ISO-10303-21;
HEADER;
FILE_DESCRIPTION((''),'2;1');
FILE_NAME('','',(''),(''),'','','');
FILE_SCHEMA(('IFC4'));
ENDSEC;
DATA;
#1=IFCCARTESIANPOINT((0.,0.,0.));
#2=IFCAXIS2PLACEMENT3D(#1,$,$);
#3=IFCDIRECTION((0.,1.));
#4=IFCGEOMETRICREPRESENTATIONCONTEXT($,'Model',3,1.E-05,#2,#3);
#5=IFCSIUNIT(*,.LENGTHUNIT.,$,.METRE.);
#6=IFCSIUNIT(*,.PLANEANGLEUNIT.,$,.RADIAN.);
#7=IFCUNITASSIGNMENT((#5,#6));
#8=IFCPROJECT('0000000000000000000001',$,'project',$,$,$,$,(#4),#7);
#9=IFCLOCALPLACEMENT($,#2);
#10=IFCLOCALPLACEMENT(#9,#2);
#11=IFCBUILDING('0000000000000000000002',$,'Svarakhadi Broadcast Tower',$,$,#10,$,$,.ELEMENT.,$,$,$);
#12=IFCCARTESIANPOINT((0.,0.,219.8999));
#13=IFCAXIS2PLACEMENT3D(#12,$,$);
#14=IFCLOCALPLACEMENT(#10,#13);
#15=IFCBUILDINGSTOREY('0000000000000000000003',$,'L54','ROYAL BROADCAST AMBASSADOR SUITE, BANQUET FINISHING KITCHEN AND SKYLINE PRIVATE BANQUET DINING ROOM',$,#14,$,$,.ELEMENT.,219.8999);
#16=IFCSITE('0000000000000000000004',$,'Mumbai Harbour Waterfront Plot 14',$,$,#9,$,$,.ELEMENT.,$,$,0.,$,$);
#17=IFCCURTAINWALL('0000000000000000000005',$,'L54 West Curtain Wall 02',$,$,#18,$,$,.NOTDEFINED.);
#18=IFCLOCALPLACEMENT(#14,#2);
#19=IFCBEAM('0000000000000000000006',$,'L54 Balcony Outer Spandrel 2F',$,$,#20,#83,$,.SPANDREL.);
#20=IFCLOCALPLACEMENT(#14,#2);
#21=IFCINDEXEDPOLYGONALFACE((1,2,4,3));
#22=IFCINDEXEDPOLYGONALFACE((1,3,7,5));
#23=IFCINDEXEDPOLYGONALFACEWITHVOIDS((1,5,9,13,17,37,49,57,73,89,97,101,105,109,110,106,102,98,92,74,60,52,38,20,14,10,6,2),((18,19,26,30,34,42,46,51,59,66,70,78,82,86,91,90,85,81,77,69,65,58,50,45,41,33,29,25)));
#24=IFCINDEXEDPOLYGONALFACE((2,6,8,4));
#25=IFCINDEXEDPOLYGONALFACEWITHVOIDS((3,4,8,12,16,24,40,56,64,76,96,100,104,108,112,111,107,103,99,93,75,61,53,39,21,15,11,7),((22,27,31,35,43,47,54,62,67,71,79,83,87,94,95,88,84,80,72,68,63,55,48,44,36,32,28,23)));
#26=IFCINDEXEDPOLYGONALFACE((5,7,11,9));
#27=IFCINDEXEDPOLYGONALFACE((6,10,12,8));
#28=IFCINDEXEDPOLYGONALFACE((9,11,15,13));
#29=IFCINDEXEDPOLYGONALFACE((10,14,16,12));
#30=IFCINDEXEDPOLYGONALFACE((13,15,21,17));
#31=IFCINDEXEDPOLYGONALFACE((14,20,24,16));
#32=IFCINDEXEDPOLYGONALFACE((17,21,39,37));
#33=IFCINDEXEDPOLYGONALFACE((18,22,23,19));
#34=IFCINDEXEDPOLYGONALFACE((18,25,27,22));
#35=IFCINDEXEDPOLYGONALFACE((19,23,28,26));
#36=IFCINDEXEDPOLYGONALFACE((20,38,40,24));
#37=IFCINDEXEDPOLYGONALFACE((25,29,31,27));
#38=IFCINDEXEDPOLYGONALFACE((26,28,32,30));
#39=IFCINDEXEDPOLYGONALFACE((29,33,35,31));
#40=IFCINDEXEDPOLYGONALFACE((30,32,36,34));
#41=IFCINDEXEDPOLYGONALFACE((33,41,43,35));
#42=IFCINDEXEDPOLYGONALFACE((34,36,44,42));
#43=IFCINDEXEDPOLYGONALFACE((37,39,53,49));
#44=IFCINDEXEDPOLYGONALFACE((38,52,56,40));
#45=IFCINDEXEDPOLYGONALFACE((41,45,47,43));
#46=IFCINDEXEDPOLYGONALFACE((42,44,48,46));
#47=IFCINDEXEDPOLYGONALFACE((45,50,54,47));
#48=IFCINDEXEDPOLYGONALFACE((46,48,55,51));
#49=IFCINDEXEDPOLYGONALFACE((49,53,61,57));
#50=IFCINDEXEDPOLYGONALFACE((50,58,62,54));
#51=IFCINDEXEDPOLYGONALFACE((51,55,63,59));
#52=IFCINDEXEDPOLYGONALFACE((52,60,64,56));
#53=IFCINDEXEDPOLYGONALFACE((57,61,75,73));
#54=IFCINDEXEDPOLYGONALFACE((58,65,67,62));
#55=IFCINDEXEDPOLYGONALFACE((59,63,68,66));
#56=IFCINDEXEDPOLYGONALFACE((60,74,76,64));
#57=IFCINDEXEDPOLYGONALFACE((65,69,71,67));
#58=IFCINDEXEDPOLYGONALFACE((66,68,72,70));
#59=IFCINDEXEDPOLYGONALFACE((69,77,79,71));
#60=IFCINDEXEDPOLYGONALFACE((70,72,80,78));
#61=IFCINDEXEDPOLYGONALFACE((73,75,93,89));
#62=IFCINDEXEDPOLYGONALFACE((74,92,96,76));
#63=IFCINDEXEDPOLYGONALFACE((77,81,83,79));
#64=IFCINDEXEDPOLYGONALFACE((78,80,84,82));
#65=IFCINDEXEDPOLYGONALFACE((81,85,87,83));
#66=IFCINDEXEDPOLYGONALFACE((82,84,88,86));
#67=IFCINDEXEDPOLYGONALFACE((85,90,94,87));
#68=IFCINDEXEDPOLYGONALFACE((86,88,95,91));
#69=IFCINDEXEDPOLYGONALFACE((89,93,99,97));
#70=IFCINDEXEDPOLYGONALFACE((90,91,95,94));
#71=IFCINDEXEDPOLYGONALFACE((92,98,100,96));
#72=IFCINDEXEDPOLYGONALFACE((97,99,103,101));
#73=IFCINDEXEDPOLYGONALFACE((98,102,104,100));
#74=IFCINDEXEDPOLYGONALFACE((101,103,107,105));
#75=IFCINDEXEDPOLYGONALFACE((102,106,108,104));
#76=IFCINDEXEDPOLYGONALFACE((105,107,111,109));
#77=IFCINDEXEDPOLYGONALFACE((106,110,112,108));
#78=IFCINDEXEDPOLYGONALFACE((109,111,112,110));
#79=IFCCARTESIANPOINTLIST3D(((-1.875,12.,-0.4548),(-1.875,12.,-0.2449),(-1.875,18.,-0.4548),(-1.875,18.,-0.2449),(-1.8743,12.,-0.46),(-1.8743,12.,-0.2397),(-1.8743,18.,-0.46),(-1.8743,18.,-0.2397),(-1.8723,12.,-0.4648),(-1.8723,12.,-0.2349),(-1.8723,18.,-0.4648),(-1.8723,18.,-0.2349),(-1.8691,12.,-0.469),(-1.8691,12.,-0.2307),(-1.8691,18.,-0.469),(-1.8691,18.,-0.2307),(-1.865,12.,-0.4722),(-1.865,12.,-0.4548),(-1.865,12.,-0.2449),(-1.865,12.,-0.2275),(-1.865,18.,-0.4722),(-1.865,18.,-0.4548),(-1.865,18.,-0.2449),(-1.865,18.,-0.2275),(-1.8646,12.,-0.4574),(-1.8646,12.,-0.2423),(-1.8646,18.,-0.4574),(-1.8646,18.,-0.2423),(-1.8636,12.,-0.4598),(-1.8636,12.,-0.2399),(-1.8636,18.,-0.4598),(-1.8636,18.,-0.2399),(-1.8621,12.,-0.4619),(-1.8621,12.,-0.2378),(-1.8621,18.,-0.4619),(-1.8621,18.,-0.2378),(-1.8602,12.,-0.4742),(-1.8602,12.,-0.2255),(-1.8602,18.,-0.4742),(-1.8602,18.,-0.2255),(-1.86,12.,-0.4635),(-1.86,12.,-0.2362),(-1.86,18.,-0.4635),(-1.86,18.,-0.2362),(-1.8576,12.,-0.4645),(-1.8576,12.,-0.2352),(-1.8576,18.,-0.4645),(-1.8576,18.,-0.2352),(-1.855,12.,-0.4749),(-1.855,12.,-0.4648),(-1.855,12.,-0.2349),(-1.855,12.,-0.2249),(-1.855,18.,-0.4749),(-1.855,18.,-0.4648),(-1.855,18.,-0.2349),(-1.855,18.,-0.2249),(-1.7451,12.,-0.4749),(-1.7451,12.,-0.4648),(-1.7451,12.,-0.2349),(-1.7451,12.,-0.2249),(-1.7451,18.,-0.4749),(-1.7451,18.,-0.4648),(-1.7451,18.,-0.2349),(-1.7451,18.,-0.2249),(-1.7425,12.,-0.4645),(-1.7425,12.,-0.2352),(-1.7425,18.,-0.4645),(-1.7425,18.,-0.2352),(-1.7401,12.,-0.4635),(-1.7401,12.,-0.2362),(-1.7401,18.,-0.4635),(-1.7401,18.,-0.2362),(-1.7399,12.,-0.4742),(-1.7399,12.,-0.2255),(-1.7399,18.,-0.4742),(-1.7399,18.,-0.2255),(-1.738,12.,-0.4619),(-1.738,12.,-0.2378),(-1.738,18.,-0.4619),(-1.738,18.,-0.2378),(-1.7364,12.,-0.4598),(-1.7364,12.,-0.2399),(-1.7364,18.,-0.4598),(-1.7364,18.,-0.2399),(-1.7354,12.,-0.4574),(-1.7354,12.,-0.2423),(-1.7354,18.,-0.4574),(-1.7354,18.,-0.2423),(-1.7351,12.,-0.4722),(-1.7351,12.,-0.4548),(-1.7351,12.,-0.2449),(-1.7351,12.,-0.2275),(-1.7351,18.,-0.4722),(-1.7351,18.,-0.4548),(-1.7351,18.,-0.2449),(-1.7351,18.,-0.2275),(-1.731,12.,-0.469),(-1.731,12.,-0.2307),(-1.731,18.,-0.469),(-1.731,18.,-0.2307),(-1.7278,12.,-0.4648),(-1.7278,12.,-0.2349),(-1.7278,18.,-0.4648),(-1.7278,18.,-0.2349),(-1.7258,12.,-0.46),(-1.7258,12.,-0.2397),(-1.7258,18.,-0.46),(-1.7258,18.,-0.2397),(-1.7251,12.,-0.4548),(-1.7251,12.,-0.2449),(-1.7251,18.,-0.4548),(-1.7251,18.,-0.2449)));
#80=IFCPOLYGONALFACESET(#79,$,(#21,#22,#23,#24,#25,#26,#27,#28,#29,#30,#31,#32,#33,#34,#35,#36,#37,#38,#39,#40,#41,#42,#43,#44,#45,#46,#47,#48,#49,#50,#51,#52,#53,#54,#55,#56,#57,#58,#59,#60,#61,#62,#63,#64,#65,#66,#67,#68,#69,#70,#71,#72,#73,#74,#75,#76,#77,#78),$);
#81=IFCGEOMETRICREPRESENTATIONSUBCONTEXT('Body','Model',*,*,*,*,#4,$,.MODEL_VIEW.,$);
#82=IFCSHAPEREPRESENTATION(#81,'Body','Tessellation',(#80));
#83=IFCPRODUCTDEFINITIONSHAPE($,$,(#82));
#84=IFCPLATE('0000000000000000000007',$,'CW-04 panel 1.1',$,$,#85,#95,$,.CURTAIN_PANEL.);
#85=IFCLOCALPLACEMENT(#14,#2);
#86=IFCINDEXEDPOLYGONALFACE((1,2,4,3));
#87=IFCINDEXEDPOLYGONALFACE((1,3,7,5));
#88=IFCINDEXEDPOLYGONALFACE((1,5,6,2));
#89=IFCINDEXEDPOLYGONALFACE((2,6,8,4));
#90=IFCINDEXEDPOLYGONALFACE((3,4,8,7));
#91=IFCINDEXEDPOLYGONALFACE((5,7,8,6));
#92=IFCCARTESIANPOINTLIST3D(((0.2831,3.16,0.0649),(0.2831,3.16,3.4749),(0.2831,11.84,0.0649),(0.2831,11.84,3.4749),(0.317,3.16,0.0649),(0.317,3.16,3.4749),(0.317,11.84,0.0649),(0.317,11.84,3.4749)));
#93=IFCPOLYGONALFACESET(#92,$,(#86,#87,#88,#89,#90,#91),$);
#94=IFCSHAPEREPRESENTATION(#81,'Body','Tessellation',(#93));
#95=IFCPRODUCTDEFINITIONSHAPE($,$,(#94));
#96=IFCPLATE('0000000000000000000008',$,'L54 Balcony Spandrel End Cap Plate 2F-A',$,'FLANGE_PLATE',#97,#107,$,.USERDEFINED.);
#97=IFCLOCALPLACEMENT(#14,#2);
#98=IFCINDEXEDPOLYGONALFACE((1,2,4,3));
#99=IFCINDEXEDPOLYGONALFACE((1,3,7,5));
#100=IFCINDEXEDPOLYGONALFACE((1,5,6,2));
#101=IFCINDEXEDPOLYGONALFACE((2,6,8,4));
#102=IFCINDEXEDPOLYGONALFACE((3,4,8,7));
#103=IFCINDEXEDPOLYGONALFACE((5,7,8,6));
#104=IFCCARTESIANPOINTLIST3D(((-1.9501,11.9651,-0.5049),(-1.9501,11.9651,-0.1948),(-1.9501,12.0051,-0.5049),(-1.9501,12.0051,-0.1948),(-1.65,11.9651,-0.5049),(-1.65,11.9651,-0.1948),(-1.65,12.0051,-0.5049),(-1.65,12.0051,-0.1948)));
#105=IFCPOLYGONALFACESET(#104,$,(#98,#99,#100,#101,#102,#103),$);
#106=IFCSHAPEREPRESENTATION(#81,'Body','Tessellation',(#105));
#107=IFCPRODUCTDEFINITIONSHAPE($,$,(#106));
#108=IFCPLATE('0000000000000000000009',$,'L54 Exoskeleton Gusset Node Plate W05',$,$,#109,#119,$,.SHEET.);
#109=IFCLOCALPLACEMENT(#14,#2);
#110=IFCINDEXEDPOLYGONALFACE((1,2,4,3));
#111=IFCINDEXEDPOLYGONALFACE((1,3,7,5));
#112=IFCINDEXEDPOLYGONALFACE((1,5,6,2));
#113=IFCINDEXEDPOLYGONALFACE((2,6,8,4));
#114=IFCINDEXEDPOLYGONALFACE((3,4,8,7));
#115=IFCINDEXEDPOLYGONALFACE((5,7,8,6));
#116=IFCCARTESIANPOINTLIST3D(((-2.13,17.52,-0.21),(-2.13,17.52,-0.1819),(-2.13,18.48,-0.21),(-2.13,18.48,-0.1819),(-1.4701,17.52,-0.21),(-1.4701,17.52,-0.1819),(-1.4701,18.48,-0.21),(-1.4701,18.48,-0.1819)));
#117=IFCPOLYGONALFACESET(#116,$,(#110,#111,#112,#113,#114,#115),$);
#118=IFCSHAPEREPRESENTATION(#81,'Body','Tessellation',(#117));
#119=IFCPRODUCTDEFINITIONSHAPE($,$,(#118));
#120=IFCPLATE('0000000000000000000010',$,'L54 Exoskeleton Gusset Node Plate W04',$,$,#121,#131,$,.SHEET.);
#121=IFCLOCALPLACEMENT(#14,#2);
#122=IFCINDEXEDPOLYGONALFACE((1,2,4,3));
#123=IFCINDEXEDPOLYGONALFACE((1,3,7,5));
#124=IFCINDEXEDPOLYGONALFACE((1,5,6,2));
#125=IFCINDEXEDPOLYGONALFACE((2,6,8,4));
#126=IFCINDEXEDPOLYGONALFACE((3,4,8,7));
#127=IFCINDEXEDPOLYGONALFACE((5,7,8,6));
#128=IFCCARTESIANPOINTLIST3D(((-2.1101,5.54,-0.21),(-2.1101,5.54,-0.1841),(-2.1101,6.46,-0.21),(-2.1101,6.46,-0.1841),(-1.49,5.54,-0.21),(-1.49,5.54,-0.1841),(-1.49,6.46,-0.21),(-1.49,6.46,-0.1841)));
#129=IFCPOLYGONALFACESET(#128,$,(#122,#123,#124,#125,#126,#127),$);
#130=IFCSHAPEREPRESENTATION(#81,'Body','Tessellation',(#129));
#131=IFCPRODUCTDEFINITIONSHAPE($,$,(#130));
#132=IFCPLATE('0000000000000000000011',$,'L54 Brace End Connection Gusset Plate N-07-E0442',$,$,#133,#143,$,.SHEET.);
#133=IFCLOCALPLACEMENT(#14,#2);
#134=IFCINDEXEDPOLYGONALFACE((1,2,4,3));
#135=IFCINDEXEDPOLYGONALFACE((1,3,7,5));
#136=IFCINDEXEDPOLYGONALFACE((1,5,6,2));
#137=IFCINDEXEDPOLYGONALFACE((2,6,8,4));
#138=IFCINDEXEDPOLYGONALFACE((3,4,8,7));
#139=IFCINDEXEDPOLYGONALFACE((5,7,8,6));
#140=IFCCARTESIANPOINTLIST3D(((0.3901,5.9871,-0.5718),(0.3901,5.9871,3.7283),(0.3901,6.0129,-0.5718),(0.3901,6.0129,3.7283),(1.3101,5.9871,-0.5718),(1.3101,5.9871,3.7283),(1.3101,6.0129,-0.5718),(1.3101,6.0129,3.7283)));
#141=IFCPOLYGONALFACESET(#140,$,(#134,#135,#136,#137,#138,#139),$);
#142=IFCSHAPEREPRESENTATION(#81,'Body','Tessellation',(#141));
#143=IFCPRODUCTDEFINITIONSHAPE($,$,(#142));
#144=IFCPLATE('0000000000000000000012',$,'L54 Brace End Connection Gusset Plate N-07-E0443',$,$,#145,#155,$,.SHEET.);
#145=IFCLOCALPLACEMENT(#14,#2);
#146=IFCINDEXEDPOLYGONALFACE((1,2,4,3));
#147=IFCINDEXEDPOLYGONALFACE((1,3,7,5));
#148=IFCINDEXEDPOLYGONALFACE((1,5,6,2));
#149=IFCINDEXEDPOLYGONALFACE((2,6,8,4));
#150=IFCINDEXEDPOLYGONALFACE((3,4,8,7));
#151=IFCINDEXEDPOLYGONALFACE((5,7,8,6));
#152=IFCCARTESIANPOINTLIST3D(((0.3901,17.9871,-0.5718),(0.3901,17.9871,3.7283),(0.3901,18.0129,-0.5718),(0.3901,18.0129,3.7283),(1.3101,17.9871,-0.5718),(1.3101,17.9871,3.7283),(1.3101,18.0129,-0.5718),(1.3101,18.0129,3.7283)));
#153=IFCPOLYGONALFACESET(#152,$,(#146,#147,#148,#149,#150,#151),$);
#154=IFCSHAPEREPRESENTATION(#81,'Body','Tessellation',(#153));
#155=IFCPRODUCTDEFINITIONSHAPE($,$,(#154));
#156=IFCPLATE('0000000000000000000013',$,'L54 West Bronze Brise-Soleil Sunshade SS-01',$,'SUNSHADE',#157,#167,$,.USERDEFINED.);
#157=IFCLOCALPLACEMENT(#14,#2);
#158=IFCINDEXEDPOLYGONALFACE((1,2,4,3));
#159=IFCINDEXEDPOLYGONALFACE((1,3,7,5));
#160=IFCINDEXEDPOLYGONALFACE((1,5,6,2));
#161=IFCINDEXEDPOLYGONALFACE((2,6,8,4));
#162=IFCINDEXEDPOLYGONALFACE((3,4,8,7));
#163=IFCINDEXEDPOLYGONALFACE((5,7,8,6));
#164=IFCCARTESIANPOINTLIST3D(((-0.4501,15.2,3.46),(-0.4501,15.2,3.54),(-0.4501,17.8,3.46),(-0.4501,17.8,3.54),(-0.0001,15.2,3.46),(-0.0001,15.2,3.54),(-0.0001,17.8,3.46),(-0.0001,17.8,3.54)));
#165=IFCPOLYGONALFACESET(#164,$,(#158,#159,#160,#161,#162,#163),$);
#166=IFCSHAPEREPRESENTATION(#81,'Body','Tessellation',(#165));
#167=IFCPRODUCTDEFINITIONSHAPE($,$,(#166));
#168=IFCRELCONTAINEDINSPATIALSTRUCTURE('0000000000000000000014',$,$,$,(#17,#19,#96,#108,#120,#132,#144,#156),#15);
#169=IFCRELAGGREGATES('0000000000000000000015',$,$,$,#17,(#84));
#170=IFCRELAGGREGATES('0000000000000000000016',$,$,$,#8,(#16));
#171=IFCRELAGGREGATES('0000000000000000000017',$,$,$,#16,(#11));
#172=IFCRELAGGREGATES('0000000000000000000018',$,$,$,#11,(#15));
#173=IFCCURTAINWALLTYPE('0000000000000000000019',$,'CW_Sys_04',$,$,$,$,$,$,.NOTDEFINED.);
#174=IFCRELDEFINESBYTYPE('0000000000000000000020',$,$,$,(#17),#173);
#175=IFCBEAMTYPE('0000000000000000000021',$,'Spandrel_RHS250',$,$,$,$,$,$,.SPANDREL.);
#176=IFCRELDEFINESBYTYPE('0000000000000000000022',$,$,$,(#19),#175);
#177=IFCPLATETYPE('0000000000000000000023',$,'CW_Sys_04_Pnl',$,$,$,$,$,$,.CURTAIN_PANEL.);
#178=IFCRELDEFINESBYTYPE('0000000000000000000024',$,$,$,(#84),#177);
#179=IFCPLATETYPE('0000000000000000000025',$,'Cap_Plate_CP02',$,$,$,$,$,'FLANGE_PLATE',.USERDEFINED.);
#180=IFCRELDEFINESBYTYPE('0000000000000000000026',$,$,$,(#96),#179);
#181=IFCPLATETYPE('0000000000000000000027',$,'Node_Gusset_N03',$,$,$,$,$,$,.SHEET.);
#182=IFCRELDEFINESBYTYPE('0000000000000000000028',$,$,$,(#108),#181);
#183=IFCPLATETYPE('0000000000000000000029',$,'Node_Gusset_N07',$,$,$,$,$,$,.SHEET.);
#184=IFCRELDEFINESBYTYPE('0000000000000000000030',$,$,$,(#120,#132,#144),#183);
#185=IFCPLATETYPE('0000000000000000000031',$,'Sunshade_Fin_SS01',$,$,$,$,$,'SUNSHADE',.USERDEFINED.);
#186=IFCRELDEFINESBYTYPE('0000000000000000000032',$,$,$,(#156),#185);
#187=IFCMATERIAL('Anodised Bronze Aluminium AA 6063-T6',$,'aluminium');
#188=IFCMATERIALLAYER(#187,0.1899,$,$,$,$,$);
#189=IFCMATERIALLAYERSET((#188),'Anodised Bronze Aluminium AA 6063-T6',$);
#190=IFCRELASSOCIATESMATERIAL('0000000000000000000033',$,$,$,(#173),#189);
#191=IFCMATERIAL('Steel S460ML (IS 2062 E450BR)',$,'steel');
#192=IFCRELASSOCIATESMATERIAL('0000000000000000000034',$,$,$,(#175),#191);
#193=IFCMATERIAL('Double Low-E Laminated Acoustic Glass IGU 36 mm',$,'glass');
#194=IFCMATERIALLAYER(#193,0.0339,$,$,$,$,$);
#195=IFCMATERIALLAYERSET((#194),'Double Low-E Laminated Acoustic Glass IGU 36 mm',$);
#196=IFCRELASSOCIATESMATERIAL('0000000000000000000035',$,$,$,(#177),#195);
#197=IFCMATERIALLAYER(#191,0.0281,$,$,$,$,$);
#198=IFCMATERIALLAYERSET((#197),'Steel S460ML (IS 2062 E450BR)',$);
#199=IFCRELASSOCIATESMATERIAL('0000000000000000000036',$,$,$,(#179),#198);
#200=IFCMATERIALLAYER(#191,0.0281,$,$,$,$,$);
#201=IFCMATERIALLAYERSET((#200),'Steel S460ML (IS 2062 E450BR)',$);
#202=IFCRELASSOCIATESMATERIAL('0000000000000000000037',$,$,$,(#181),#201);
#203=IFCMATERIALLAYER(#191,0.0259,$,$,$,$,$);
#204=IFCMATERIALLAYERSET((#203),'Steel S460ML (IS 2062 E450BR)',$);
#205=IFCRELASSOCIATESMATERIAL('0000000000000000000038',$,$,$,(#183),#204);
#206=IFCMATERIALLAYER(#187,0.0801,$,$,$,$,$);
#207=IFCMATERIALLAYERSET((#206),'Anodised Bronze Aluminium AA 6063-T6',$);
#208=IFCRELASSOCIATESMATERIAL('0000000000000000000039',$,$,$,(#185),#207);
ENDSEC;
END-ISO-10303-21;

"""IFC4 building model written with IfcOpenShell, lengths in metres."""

from ifc_helpers import new_model, si_unit, direction, frame, origin, origin_2d, place, context, subcontext, project, spatial, rectangle, hollow_rectangle, extrude, material, layer, layer_set, material_profile, profile_set, type_object, element, aggregate, save


model = new_model("IFC4")

# Units and contexts
model_context = context("Model", 3, precision=1e-05, world=origin(), true_north=direction((0.0, 1.0)))
body_context = subcontext(model_context, "Body", "Model", "MODEL_VIEW")
ifc_project = project(units=[si_unit("LENGTHUNIT", "METRE"), si_unit("PLANEANGLEUNIT", "RADIAN")], contexts=[model_context])

# Site, building, storey
site_placement = place(None, origin())
site = spatial("IfcSite", under=ifc_project, at=site_placement, Name="Mumbai Harbour Waterfront Plot 14", CompositionType="ELEMENT", RefElevation=0.0)
building_placement = place(site_placement, origin())
building = spatial("IfcBuilding", under=site, at=building_placement, Name="Svarakhadi Broadcast Tower", CompositionType="ELEMENT")
storey_placement = place(building_placement, frame((0.0, 0.0, 219.8999)))
storey = spatial("IfcBuildingStorey", under=building, at=storey_placement, Name="L54", Description="ROYAL BROADCAST AMBASSADOR SUITE, BANQUET FINISHING KITCHEN AND SKYLINE PRIVATE BANQUET DINING ROOM", CompositionType="ELEMENT", Elevation=219.8999)

# Shared definitions
ifc_material_1 = material(Name="Steel S460ML (IS 2062 E450BR)", Category="steel")

# Curtain wall
ifc_material_2 = material(Name="Anodised Bronze Aluminium AA 6063-T6", Category="aluminium")
ifc_layer_1 = layer(ifc_material_2, 0.1899)
ifc_layer_set_1 = layer_set([ifc_layer_1], Name="Anodised Bronze Aluminium AA 6063-T6")
curtain_wall_type = type_object("IfcCurtainWallType", Name="CW_Sys_04", PredefinedType="NOTDEFINED", material=ifc_layer_set_1)
curtain_wall_placement = place(storey_placement, origin())
curtain_wall = element("IfcCurtainWall", 1, at=curtain_wall_placement, inside=storey, type_object=curtain_wall_type, Name="L54 West Curtain Wall 02", PredefinedType="NOTDEFINED")

# Beam
ifc_material_profile_1 = material_profile(ifc_material_1, hollow_rectangle(XDim=0.1499, YDim=0.25, WallThickness=0.01, InnerFilletRadius=0.01, OuterFilletRadius=0.02, at=origin_2d()), Name="RHS 250x150x10")
ifc_profile_set_1 = profile_set([ifc_material_profile_1], Name="Steel S460ML (IS 2062 E450BR)")
beam_type_1 = type_object("IfcBeamType", Name="Spandrel_RHS250", PredefinedType="SPANDREL", material=ifc_profile_set_1)
beam_1_placement = place(storey_placement, frame((-1.8, 12.0, -0.3499), z_axis=(0.0, 1.0, 0.0), x_axis=(-1.0, 0.0, 0.0)))
element("IfcBeam", 2, at=beam_1_placement, inside=storey, type_object=beam_type_1, Name="L54 Balcony Outer Spandrel 2F", PredefinedType="SPANDREL", context=body_context, shape_type="SweptSolid", body=[
    extrude(hollow_rectangle(XDim=0.1499, YDim=0.25, WallThickness=0.01, InnerFilletRadius=0.01, OuterFilletRadius=0.02, at=origin_2d()), origin(), (0.0, 0.0, 1.0), 6.0),
])

# Plate
ifc_material_3 = material(Name="Double Low-E Laminated Acoustic Glass IGU 36 mm", Category="glass")
ifc_layer_2 = layer(ifc_material_3, 0.0339)
ifc_layer_set_2 = layer_set([ifc_layer_2], Name="Double Low-E Laminated Acoustic Glass IGU 36 mm")
plate_type_1 = type_object("IfcPlateType", Name="CW_Sys_04_Pnl", PredefinedType="CURTAIN_PANEL", material=ifc_layer_set_2)
plate_1_placement = place(storey_placement, frame((0.3, 7.5, 0.0649), z_axis=(0.0, 0.0, 1.0), x_axis=(0.0, 1.0, 0.0)))
plate_1 = element("IfcPlate", 3, at=plate_1_placement, type_object=plate_type_1, Name="CW-04 panel 1.1", PredefinedType="CURTAIN_PANEL", context=body_context, shape_type="SweptSolid", body=[
    extrude(rectangle(XDim=8.6799, YDim=0.0339, at=origin_2d()), origin(), (0.0, 0.0, 1.0), 3.4099),
])
aggregate(curtain_wall, [plate_1])

# Plates
ifc_layer_3 = layer(ifc_material_1, 0.0281)
ifc_layer_set_3 = layer_set([ifc_layer_3], Name="Steel S460ML (IS 2062 E450BR)")
plate_type_2 = type_object("IfcPlateType", Name="Cap_Plate_CP02", ElementType="FLANGE_PLATE", PredefinedType="USERDEFINED", material=ifc_layer_set_3)
plate_2_placement = place(storey_placement, frame((-1.8, 11.9851, -0.5049), z_axis=(0.0, 0.0, 1.0), x_axis=(1.0, 0.0, 0.0)))
element("IfcPlate", 4, at=plate_2_placement, inside=storey, type_object=plate_type_2, Name="L54 Balcony Spandrel End Cap Plate 2F-A", ObjectType="FLANGE_PLATE", PredefinedType="USERDEFINED", context=body_context, shape_type="SweptSolid", body=[
    extrude(rectangle(XDim=0.3, YDim=0.04, at=origin_2d()), origin(), (0.0, 0.0, 1.0), 0.3101),
])
ifc_layer_4 = layer(ifc_material_1, 0.0281)
ifc_layer_set_4 = layer_set([ifc_layer_4], Name="Steel S460ML (IS 2062 E450BR)")
plate_type_3 = type_object("IfcPlateType", Name="Node_Gusset_N03", PredefinedType="SHEET", material=ifc_layer_set_4)
plate_3_placement = place(storey_placement, frame((-1.8, 18.0, -0.21), z_axis=(0.0, 0.0, 1.0), x_axis=(0.0, 1.0, 0.0)))
element("IfcPlate", 5, at=plate_3_placement, inside=storey, type_object=plate_type_3, Name="L54 Exoskeleton Gusset Node Plate W05", PredefinedType="SHEET", context=body_context, shape_type="SweptSolid", body=[
    extrude(rectangle(XDim=0.96, YDim=0.6599, at=origin_2d()), origin(), (0.0, 0.0, 1.0), 0.0281),
])
ifc_layer_5 = layer(ifc_material_1, 0.0259)
ifc_layer_set_5 = layer_set([ifc_layer_5], Name="Steel S460ML (IS 2062 E450BR)")
plate_type_4 = type_object("IfcPlateType", Name="Node_Gusset_N07", PredefinedType="SHEET", material=ifc_layer_set_5)
plate_4_placement = place(storey_placement, frame((-1.8, 6.0, -0.21), z_axis=(0.0, 0.0, 1.0), x_axis=(0.0, 1.0, 0.0)))
element("IfcPlate", 6, at=plate_4_placement, inside=storey, type_object=plate_type_4, Name="L54 Exoskeleton Gusset Node Plate W04", PredefinedType="SHEET", context=body_context, shape_type="SweptSolid", body=[
    extrude(rectangle(XDim=0.9199, YDim=0.6201, at=origin_2d()), origin(), (0.0, 0.0, 1.0), 0.0259),
])
for number, where, z_axis, x_axis, name in (
    (7, (0.8501, 6.0, -0.5718), (0.0, 0.0, 1.0), (1.0, 0.0, 0.0), "L54 Brace End Connection Gusset Plate N-07-E0442"),
    (8, (0.8501, 18.0, -0.5718), (0.0, 0.0, 1.0), (1.0, 0.0, 0.0), "L54 Brace End Connection Gusset Plate N-07-E0443"),
):
    element("IfcPlate", number, at=place(storey_placement, frame(where, z_axis=z_axis, x_axis=x_axis)), inside=storey, type_object=plate_type_4, Name=name, PredefinedType="SHEET", context=body_context, shape_type="SweptSolid", body=[
        extrude(rectangle(XDim=0.9199, YDim=0.0259, at=origin_2d()), origin(), (0.0, 0.0, 1.0), 4.3),
    ])
ifc_layer_6 = layer(ifc_material_2, 0.0801)
ifc_layer_set_6 = layer_set([ifc_layer_6], Name="Anodised Bronze Aluminium AA 6063-T6")
plate_type_5 = type_object("IfcPlateType", Name="Sunshade_Fin_SS01", ElementType="SUNSHADE", PredefinedType="USERDEFINED", material=ifc_layer_set_6)
plate_5_placement = place(storey_placement, frame((-0.2251, 16.5, 3.46), z_axis=(0.0, 0.0, 1.0), x_axis=(0.0, 1.0, 0.0)))
element("IfcPlate", 9, at=plate_5_placement, inside=storey, type_object=plate_type_5, Name="L54 West Bronze Brise-Soleil Sunshade SS-01", ObjectType="SUNSHADE", PredefinedType="USERDEFINED", context=body_context, shape_type="SweptSolid", body=[
    extrude(rectangle(XDim=2.6001, YDim=0.45, at=origin_2d()), origin(), (0.0, 0.0, 1.0), 0.0801),
])

save(model, "model.ifc")
